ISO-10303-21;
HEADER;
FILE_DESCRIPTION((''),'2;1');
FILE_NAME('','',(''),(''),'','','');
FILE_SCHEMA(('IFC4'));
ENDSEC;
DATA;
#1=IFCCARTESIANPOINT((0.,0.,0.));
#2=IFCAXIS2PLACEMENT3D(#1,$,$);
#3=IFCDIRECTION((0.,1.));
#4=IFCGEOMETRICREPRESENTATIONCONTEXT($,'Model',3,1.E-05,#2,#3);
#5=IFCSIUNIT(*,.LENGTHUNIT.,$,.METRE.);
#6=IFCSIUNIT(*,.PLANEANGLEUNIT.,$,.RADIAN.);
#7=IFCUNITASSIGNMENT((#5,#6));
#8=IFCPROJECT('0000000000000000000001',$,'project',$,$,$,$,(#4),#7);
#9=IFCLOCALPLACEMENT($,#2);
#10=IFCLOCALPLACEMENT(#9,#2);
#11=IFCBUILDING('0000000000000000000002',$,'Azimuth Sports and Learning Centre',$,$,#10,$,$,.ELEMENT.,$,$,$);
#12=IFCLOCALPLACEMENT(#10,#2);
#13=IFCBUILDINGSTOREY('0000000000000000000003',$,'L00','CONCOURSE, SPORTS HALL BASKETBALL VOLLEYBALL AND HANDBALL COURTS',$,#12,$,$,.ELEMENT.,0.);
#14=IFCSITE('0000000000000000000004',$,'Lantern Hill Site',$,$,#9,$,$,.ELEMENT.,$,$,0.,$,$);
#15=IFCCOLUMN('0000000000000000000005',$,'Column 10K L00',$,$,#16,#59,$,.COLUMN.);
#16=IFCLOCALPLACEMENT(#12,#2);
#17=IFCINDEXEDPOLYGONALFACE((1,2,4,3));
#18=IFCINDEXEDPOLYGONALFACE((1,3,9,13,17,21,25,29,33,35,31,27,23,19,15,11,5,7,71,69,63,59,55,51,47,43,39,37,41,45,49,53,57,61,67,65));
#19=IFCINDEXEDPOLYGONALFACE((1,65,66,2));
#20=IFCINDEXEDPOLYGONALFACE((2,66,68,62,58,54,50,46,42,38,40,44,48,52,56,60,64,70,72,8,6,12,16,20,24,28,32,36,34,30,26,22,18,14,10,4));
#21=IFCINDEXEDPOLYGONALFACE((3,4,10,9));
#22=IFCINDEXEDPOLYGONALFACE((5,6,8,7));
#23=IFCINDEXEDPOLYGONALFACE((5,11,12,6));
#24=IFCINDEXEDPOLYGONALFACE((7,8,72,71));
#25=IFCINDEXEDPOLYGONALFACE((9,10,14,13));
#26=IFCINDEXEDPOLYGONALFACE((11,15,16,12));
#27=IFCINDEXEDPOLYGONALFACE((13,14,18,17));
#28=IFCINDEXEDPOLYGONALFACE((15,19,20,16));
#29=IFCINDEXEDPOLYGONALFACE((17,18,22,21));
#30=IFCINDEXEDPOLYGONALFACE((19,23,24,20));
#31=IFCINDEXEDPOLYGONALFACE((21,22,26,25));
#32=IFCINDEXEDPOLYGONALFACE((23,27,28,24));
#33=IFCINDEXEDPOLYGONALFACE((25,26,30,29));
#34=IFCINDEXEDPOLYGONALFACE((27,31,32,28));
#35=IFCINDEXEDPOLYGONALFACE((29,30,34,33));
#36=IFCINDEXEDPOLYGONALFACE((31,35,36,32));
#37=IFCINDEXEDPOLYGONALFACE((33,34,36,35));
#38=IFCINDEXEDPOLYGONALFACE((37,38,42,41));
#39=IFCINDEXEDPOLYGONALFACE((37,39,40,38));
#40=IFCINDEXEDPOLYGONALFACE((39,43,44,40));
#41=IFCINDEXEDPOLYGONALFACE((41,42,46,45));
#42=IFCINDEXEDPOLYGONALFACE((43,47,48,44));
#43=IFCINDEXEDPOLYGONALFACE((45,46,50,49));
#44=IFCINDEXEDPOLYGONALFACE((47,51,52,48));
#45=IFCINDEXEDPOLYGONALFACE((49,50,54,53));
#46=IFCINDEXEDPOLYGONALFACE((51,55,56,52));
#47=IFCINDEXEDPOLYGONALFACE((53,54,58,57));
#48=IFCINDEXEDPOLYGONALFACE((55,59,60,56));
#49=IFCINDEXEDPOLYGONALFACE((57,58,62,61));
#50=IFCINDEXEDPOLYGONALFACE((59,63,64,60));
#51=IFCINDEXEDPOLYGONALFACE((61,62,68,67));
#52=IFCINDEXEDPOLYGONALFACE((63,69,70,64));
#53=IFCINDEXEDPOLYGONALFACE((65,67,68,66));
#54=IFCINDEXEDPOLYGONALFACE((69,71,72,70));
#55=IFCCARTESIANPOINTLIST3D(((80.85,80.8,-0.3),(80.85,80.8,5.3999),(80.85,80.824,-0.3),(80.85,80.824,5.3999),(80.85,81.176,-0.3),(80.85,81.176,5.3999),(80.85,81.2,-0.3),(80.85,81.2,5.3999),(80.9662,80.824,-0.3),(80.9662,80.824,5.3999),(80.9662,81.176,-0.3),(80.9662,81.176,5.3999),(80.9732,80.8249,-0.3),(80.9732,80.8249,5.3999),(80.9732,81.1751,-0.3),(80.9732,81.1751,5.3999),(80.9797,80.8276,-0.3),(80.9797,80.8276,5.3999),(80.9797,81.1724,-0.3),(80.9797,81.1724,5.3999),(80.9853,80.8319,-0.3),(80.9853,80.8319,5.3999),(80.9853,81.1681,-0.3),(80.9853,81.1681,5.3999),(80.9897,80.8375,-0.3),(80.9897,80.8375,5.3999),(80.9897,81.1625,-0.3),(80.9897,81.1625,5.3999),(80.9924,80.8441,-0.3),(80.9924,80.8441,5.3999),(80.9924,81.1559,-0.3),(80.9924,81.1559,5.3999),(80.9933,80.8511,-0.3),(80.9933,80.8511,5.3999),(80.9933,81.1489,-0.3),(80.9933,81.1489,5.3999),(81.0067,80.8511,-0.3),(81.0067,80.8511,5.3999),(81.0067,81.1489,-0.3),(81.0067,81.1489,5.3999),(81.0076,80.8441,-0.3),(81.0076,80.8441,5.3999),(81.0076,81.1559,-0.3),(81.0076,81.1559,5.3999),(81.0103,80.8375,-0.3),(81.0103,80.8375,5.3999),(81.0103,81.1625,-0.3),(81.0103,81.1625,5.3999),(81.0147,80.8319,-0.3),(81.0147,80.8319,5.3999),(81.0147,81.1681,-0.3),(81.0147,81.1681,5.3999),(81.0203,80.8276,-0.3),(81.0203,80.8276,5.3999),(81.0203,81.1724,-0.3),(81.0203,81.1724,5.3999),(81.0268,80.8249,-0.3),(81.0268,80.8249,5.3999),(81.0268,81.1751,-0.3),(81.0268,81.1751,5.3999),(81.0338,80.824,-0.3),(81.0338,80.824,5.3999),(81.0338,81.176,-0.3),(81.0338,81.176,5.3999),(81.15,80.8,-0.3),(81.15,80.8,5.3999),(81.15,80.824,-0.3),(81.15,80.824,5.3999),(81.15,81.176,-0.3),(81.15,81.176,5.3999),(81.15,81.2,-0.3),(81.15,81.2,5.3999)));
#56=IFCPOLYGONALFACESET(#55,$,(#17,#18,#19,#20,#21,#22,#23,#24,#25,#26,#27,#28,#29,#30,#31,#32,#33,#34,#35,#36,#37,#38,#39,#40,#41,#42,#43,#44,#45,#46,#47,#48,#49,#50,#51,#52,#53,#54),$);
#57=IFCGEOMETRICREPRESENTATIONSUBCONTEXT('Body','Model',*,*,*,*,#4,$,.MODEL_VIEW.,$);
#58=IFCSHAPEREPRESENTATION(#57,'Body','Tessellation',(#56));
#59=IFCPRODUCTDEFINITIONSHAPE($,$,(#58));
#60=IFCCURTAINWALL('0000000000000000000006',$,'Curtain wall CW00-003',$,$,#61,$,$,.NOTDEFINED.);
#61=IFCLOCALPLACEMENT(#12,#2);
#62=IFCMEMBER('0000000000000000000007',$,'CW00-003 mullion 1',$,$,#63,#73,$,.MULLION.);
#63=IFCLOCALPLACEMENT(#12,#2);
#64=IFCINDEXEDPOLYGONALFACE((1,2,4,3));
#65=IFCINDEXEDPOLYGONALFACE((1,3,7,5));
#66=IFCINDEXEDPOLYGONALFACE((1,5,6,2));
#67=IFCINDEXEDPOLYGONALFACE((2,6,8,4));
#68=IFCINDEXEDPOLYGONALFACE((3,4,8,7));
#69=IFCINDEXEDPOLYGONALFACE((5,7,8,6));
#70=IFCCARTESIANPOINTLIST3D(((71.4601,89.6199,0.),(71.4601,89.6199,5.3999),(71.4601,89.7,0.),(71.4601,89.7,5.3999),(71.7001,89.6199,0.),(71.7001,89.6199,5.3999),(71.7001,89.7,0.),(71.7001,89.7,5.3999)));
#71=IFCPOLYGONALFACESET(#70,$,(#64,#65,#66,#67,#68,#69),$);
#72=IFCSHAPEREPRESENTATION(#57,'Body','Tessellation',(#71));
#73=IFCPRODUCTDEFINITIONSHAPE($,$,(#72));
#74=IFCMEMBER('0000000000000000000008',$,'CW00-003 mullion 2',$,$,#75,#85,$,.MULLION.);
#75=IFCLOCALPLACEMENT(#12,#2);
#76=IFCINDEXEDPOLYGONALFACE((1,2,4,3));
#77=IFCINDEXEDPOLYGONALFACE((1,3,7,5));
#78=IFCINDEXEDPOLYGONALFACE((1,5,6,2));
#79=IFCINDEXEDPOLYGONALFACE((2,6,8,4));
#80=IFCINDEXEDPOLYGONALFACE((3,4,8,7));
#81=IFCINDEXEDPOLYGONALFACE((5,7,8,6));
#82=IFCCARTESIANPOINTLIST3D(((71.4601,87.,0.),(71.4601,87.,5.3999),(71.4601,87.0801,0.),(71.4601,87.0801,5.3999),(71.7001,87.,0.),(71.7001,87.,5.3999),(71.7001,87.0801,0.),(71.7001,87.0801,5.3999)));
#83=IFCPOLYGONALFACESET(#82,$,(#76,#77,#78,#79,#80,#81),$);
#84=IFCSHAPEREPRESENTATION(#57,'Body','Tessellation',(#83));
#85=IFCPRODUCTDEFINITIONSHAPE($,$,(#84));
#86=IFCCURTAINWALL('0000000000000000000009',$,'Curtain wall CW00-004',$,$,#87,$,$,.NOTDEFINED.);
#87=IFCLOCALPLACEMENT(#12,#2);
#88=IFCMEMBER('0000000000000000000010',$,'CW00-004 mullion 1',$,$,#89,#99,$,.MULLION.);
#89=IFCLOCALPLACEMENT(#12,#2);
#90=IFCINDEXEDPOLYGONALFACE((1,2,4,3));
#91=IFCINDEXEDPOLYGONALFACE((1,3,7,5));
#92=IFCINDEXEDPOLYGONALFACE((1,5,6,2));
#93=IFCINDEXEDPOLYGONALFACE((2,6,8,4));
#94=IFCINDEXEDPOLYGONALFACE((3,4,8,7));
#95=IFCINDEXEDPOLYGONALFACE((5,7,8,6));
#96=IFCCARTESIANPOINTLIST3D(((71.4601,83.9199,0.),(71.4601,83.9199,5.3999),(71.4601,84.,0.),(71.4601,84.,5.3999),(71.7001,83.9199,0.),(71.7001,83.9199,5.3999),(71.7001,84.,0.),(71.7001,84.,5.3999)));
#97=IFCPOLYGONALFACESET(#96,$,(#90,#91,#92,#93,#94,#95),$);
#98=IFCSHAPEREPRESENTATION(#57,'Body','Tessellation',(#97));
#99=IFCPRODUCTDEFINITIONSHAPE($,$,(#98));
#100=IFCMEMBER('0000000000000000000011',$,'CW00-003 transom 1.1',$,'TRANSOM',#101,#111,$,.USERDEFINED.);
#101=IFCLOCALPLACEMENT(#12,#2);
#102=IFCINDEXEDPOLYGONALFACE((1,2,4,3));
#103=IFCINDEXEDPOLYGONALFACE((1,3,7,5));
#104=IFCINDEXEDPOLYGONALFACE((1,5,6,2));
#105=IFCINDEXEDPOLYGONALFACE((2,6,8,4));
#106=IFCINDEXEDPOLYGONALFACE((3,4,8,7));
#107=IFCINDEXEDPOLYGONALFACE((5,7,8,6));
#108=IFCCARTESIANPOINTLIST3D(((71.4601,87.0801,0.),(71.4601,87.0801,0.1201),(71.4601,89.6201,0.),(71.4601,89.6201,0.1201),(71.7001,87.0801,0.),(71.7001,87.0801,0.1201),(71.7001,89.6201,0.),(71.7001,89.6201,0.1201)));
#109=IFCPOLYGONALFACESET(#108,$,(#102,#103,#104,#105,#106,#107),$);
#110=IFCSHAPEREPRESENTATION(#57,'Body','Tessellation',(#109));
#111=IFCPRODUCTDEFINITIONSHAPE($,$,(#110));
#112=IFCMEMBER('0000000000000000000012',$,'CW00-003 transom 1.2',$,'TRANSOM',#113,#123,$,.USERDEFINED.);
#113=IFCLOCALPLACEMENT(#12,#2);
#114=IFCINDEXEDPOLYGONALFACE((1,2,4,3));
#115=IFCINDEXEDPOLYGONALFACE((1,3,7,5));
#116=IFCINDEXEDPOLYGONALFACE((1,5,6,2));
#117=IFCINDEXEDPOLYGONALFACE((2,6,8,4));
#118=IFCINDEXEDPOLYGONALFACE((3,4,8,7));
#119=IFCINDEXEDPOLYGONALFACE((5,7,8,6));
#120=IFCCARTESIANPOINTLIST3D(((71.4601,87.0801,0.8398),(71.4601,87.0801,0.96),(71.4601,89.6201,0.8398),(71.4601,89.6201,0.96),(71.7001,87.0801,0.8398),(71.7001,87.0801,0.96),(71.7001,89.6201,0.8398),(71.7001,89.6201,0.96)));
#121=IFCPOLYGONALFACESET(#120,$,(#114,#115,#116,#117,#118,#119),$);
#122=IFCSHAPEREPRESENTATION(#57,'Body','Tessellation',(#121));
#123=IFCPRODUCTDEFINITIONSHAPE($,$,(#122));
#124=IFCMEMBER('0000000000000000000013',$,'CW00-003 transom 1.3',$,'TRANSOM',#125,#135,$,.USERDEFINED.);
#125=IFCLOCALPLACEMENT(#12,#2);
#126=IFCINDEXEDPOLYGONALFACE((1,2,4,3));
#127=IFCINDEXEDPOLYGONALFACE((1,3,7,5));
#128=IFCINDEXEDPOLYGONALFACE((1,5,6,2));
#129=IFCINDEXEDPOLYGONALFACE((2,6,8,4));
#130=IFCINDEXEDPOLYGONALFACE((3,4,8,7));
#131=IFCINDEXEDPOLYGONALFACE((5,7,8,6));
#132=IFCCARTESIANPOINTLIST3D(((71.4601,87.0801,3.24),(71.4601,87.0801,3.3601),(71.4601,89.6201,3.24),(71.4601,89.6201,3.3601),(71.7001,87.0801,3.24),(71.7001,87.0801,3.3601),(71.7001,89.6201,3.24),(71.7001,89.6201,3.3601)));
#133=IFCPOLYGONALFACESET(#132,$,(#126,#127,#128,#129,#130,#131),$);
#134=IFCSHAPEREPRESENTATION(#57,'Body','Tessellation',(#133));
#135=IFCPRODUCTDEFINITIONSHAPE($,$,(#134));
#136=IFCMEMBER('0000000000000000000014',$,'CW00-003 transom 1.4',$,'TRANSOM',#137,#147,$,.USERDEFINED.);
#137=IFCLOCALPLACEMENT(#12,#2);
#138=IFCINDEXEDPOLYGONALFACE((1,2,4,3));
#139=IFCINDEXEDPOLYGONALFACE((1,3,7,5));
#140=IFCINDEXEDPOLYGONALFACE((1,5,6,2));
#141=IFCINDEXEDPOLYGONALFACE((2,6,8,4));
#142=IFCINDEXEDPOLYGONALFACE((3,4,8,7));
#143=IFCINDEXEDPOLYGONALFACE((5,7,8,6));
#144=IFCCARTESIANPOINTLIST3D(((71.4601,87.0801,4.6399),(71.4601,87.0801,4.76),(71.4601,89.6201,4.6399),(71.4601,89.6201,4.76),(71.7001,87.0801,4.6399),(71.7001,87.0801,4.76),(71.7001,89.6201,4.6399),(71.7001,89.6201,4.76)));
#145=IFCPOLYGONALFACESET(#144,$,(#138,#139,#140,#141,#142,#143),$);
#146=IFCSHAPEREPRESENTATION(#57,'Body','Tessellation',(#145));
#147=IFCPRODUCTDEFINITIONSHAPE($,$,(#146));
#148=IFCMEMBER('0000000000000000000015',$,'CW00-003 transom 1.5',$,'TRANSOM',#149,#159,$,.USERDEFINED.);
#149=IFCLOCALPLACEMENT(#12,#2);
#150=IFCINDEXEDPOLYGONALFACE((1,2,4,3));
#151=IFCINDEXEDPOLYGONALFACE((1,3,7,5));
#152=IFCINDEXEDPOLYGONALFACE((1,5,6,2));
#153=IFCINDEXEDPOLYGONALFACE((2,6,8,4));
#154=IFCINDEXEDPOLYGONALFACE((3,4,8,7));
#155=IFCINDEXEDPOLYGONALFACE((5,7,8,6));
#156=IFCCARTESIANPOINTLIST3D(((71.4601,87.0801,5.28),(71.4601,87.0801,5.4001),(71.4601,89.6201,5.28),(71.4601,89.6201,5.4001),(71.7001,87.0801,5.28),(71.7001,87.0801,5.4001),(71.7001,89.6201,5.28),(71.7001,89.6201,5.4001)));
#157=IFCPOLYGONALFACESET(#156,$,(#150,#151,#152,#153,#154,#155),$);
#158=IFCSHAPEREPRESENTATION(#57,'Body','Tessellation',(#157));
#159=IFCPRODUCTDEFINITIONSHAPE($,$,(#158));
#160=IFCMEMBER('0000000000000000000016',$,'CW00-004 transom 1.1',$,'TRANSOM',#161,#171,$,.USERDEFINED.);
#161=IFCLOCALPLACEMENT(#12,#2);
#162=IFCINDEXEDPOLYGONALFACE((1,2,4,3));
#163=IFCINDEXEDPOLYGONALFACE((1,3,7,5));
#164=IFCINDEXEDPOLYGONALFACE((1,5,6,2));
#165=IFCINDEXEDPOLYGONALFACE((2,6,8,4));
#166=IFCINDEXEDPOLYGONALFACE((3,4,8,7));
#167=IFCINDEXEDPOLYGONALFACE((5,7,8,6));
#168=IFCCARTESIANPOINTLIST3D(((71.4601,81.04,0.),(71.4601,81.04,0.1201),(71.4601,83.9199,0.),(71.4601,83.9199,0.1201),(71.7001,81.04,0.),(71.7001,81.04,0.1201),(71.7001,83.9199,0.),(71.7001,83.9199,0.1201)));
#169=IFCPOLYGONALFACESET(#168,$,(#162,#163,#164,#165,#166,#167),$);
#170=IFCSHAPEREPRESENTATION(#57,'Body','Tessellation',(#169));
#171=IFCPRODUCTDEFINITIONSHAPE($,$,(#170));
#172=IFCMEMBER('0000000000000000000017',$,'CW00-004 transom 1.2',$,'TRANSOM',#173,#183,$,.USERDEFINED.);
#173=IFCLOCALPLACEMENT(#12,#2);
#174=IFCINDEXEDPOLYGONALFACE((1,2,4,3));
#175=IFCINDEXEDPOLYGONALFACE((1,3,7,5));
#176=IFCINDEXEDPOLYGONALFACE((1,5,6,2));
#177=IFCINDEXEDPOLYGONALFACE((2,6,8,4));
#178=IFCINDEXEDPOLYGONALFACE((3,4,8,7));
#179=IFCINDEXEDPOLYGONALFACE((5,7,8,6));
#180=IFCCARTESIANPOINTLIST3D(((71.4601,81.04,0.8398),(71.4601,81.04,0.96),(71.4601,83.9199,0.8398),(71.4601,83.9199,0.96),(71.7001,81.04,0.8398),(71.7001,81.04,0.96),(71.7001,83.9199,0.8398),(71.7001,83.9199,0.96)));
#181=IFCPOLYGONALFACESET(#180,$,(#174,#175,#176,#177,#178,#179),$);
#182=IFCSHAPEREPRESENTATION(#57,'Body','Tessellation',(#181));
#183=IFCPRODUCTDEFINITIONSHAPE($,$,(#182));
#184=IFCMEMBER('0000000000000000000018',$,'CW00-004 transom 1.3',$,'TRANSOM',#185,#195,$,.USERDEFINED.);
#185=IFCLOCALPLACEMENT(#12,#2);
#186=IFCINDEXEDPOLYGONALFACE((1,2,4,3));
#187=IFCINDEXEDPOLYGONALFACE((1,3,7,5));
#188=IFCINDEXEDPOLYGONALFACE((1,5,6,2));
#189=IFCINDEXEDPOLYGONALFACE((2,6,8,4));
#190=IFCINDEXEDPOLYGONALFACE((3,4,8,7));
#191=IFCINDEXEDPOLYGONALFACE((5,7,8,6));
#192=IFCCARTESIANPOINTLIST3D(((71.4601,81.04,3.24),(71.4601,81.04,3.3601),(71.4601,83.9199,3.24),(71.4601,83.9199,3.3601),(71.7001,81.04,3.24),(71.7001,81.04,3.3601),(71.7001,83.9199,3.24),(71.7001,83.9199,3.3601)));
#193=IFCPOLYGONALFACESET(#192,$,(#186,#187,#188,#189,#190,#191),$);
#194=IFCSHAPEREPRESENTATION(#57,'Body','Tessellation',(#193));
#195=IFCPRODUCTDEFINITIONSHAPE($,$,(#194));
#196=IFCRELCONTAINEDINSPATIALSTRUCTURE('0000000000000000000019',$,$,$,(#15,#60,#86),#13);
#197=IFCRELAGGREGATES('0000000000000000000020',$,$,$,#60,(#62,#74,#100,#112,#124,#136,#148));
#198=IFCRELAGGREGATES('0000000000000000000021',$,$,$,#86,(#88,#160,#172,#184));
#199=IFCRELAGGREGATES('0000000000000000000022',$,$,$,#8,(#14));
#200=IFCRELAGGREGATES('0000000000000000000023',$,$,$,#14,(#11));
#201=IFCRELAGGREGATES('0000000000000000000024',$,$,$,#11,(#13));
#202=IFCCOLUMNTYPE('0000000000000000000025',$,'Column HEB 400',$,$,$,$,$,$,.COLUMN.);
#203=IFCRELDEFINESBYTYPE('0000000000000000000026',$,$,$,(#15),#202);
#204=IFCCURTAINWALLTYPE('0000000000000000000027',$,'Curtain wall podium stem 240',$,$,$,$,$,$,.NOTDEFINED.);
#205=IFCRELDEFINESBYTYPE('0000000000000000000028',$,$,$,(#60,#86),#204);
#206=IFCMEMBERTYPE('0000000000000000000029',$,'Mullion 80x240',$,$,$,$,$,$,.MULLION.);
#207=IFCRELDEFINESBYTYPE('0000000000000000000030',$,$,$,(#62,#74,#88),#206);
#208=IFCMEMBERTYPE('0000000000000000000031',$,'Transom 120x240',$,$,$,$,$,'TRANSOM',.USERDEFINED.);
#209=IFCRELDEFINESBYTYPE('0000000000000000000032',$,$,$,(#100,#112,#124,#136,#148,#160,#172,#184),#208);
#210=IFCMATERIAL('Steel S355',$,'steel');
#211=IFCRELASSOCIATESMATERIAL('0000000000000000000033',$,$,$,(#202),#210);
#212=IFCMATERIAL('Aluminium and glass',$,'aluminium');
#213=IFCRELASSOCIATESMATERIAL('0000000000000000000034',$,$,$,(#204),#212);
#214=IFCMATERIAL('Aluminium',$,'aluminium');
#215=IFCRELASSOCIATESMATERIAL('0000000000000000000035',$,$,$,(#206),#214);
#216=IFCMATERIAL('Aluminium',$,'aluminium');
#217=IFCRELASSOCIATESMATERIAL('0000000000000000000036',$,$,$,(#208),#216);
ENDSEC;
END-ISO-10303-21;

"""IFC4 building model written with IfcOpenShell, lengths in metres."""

from ifc_helpers import new_model, si_unit, direction, frame, origin, origin_2d, place, context, subcontext, project, spatial, rectangle, i_section, extrude, material, material_profile, profile_set, type_object, element, aggregate, save


model = new_model("IFC4")

# Units and contexts
model_context = context("Model", 3, precision=1e-05, world=origin(), true_north=direction((0.0, 1.0)))
body_context = subcontext(model_context, "Body", "Model", "MODEL_VIEW")
ifc_project = project(units=[si_unit("LENGTHUNIT", "METRE"), si_unit("PLANEANGLEUNIT", "RADIAN")], contexts=[model_context])

# Site, building, storey
site_placement = place(None, origin())
site = spatial("IfcSite", under=ifc_project, at=site_placement, Name="Lantern Hill Site", CompositionType="ELEMENT", RefElevation=0.0)
building_placement = place(site_placement, origin())
building = spatial("IfcBuilding", under=site, at=building_placement, Name="Azimuth Sports and Learning Centre", CompositionType="ELEMENT")
storey_placement = place(building_placement, origin())
storey = spatial("IfcBuildingStorey", under=building, at=storey_placement, Name="L00", Description="CONCOURSE, SPORTS HALL BASKETBALL VOLLEYBALL AND HANDBALL COURTS", CompositionType="ELEMENT", Elevation=0.0)

# Column
ifc_material_1 = material(Name="Steel S355", Category="steel")
ifc_material_profile_1 = material_profile(ifc_material_1, i_section(OverallWidth=0.3, OverallDepth=0.3999, WebThickness=0.0134, FlangeThickness=0.0239, FilletRadius=0.0271, at=origin_2d()), Name="HEB 400")
ifc_profile_set_1 = profile_set([ifc_material_profile_1], Name="Steel S355")
column_type = type_object("IfcColumnType", Name="Column HEB 400", PredefinedType="COLUMN", material=ifc_profile_set_1)
column_placement = place(storey_placement, frame((81.0, 81.0, -0.3), z_axis=(0.0, 0.0, 1.0), x_axis=(1.0, 0.0, 0.0)))
element("IfcColumn", 1, at=column_placement, inside=storey, type_object=column_type, Name="Column 10K L00", PredefinedType="COLUMN", context=body_context, shape_type="SweptSolid", body=[
    extrude(i_section(OverallWidth=0.3, OverallDepth=0.3999, WebThickness=0.0134, FlangeThickness=0.0239, FilletRadius=0.0271, at=origin_2d()), origin(), (0.0, 0.0, 1.0), 5.7),
])

# Curtain wall, members
ifc_material_2 = material(Name="Aluminium and glass", Category="aluminium")
curtain_wall_type = type_object("IfcCurtainWallType", Name="Curtain wall podium stem 240", PredefinedType="NOTDEFINED", material=ifc_material_2)
curtain_wall_1_placement = place(storey_placement, origin())
curtain_wall_1 = element("IfcCurtainWall", 2, at=curtain_wall_1_placement, inside=storey, type_object=curtain_wall_type, Name="Curtain wall CW00-003", PredefinedType="NOTDEFINED")
ifc_material_3 = material(Name="Aluminium", Category="aluminium")
ifc_material_profile_2 = material_profile(ifc_material_3, rectangle(XDim=0.24, YDim=0.0801, at=origin_2d()), Name="Mullion 80x240")
ifc_profile_set_2 = profile_set([ifc_material_profile_2], Name="Aluminium")
member_type_1 = type_object("IfcMemberType", Name="Mullion 80x240", PredefinedType="MULLION", material=ifc_profile_set_2)
member_1_placement = place(storey_placement, frame((71.5801, 89.6599, 0.0), z_axis=(0.0, 0.0, 1.0), x_axis=(1.0, 0.0, 0.0)))
member_1 = element("IfcMember", 3, at=member_1_placement, type_object=member_type_1, Name="CW00-003 mullion 1", PredefinedType="MULLION", context=body_context, shape_type="SweptSolid", body=[
    extrude(rectangle(XDim=0.24, YDim=0.0801, at=origin_2d()), origin(), (0.0, 0.0, 1.0), 5.3999),
])
member_2_placement = place(storey_placement, frame((71.5801, 87.04, 0.0), z_axis=(0.0, 0.0, 1.0), x_axis=(1.0, 0.0, 0.0)))
member_2 = element("IfcMember", 4, at=member_2_placement, type_object=member_type_1, Name="CW00-003 mullion 2", PredefinedType="MULLION", context=body_context, shape_type="SweptSolid", body=[
    extrude(rectangle(XDim=0.24, YDim=0.0801, at=origin_2d()), origin(), (0.0, 0.0, 1.0), 5.3999),
])

# Curtain wall, member
curtain_wall_2_placement = place(storey_placement, origin())
curtain_wall_2 = element("IfcCurtainWall", 5, at=curtain_wall_2_placement, inside=storey, type_object=curtain_wall_type, Name="Curtain wall CW00-004", PredefinedType="NOTDEFINED")
member_3_placement = place(storey_placement, frame((71.5801, 83.96, 0.0), z_axis=(0.0, 0.0, 1.0), x_axis=(1.0, 0.0, 0.0)))
member_3 = element("IfcMember", 6, at=member_3_placement, type_object=member_type_1, Name="CW00-004 mullion 1", PredefinedType="MULLION", context=body_context, shape_type="SweptSolid", body=[
    extrude(rectangle(XDim=0.24, YDim=0.0801, at=origin_2d()), origin(), (0.0, 0.0, 1.0), 5.3999),
])

# Members
ifc_material_4 = material(Name="Aluminium", Category="aluminium")
ifc_material_profile_3 = material_profile(ifc_material_4, rectangle(XDim=0.24, YDim=0.1201, at=origin_2d()), Name="Transom 120x240")
ifc_profile_set_3 = profile_set([ifc_material_profile_3], Name="Aluminium")
member_type_2 = type_object("IfcMemberType", Name="Transom 120x240", ElementType="TRANSOM", PredefinedType="USERDEFINED", material=ifc_profile_set_3)
member_4_placement = place(storey_placement, frame((71.5801, 89.6201, 0.0601), z_axis=(0.0, -1.0, 0.0), x_axis=(1.0, 0.0, 0.0)))
member_4 = element("IfcMember", 7, at=member_4_placement, type_object=member_type_2, Name="CW00-003 transom 1.1", ObjectType="TRANSOM", PredefinedType="USERDEFINED", context=body_context, shape_type="SweptSolid", body=[
    extrude(rectangle(XDim=0.24, YDim=0.1201, at=origin_2d()), origin(), (0.0, 0.0, 1.0), 2.54),
])
member_5_placement = place(storey_placement, frame((71.5801, 89.6201, 0.8999), z_axis=(0.0, -1.0, 0.0), x_axis=(1.0, 0.0, 0.0)))
member_5 = element("IfcMember", 8, at=member_5_placement, type_object=member_type_2, Name="CW00-003 transom 1.2", ObjectType="TRANSOM", PredefinedType="USERDEFINED", context=body_context, shape_type="SweptSolid", body=[
    extrude(rectangle(XDim=0.24, YDim=0.1201, at=origin_2d()), origin(), (0.0, 0.0, 1.0), 2.54),
])
member_6_placement = place(storey_placement, frame((71.5801, 89.6201, 3.3), z_axis=(0.0, -1.0, 0.0), x_axis=(1.0, 0.0, 0.0)))
member_6 = element("IfcMember", 9, at=member_6_placement, type_object=member_type_2, Name="CW00-003 transom 1.3", ObjectType="TRANSOM", PredefinedType="USERDEFINED", context=body_context, shape_type="SweptSolid", body=[
    extrude(rectangle(XDim=0.24, YDim=0.1201, at=origin_2d()), origin(), (0.0, 0.0, 1.0), 2.54),
])
member_7_placement = place(storey_placement, frame((71.5801, 89.6201, 4.7), z_axis=(0.0, -1.0, 0.0), x_axis=(1.0, 0.0, 0.0)))
member_7 = element("IfcMember", 10, at=member_7_placement, type_object=member_type_2, Name="CW00-003 transom 1.4", ObjectType="TRANSOM", PredefinedType="USERDEFINED", context=body_context, shape_type="SweptSolid", body=[
    extrude(rectangle(XDim=0.24, YDim=0.1201, at=origin_2d()), origin(), (0.0, 0.0, 1.0), 2.54),
])
member_8_placement = place(storey_placement, frame((71.5801, 89.6201, 5.3401), z_axis=(0.0, -1.0, 0.0), x_axis=(1.0, 0.0, 0.0)))
member_8 = element("IfcMember", 11, at=member_8_placement, type_object=member_type_2, Name="CW00-003 transom 1.5", ObjectType="TRANSOM", PredefinedType="USERDEFINED", context=body_context, shape_type="SweptSolid", body=[
    extrude(rectangle(XDim=0.24, YDim=0.1201, at=origin_2d()), origin(), (0.0, 0.0, 1.0), 2.54),
])
member_9_placement = place(storey_placement, frame((71.5801, 83.9199, 0.0601), z_axis=(0.0, -1.0, 0.0), x_axis=(1.0, 0.0, 0.0)))
member_9 = element("IfcMember", 12, at=member_9_placement, type_object=member_type_2, Name="CW00-004 transom 1.1", ObjectType="TRANSOM", PredefinedType="USERDEFINED", context=body_context, shape_type="SweptSolid", body=[
    extrude(rectangle(XDim=0.24, YDim=0.1201, at=origin_2d()), origin(), (0.0, 0.0, 1.0), 2.8799),
])
member_10_placement = place(storey_placement, frame((71.5801, 83.9199, 0.8999), z_axis=(0.0, -1.0, 0.0), x_axis=(1.0, 0.0, 0.0)))
member_10 = element("IfcMember", 13, at=member_10_placement, type_object=member_type_2, Name="CW00-004 transom 1.2", ObjectType="TRANSOM", PredefinedType="USERDEFINED", context=body_context, shape_type="SweptSolid", body=[
    extrude(rectangle(XDim=0.24, YDim=0.1201, at=origin_2d()), origin(), (0.0, 0.0, 1.0), 2.8799),
])
member_11_placement = place(storey_placement, frame((71.5801, 83.9199, 3.3), z_axis=(0.0, -1.0, 0.0), x_axis=(1.0, 0.0, 0.0)))
member_11 = element("IfcMember", 14, at=member_11_placement, type_object=member_type_2, Name="CW00-004 transom 1.3", ObjectType="TRANSOM", PredefinedType="USERDEFINED", context=body_context, shape_type="SweptSolid", body=[
    extrude(rectangle(XDim=0.24, YDim=0.1201, at=origin_2d()), origin(), (0.0, 0.0, 1.0), 2.8799),
])

aggregate(curtain_wall_1, [member_1, member_2, member_4, member_5, member_6, member_7, member_8])
aggregate(curtain_wall_2, [member_3, member_9, member_10, member_11])

save(model, "model.ifc")
